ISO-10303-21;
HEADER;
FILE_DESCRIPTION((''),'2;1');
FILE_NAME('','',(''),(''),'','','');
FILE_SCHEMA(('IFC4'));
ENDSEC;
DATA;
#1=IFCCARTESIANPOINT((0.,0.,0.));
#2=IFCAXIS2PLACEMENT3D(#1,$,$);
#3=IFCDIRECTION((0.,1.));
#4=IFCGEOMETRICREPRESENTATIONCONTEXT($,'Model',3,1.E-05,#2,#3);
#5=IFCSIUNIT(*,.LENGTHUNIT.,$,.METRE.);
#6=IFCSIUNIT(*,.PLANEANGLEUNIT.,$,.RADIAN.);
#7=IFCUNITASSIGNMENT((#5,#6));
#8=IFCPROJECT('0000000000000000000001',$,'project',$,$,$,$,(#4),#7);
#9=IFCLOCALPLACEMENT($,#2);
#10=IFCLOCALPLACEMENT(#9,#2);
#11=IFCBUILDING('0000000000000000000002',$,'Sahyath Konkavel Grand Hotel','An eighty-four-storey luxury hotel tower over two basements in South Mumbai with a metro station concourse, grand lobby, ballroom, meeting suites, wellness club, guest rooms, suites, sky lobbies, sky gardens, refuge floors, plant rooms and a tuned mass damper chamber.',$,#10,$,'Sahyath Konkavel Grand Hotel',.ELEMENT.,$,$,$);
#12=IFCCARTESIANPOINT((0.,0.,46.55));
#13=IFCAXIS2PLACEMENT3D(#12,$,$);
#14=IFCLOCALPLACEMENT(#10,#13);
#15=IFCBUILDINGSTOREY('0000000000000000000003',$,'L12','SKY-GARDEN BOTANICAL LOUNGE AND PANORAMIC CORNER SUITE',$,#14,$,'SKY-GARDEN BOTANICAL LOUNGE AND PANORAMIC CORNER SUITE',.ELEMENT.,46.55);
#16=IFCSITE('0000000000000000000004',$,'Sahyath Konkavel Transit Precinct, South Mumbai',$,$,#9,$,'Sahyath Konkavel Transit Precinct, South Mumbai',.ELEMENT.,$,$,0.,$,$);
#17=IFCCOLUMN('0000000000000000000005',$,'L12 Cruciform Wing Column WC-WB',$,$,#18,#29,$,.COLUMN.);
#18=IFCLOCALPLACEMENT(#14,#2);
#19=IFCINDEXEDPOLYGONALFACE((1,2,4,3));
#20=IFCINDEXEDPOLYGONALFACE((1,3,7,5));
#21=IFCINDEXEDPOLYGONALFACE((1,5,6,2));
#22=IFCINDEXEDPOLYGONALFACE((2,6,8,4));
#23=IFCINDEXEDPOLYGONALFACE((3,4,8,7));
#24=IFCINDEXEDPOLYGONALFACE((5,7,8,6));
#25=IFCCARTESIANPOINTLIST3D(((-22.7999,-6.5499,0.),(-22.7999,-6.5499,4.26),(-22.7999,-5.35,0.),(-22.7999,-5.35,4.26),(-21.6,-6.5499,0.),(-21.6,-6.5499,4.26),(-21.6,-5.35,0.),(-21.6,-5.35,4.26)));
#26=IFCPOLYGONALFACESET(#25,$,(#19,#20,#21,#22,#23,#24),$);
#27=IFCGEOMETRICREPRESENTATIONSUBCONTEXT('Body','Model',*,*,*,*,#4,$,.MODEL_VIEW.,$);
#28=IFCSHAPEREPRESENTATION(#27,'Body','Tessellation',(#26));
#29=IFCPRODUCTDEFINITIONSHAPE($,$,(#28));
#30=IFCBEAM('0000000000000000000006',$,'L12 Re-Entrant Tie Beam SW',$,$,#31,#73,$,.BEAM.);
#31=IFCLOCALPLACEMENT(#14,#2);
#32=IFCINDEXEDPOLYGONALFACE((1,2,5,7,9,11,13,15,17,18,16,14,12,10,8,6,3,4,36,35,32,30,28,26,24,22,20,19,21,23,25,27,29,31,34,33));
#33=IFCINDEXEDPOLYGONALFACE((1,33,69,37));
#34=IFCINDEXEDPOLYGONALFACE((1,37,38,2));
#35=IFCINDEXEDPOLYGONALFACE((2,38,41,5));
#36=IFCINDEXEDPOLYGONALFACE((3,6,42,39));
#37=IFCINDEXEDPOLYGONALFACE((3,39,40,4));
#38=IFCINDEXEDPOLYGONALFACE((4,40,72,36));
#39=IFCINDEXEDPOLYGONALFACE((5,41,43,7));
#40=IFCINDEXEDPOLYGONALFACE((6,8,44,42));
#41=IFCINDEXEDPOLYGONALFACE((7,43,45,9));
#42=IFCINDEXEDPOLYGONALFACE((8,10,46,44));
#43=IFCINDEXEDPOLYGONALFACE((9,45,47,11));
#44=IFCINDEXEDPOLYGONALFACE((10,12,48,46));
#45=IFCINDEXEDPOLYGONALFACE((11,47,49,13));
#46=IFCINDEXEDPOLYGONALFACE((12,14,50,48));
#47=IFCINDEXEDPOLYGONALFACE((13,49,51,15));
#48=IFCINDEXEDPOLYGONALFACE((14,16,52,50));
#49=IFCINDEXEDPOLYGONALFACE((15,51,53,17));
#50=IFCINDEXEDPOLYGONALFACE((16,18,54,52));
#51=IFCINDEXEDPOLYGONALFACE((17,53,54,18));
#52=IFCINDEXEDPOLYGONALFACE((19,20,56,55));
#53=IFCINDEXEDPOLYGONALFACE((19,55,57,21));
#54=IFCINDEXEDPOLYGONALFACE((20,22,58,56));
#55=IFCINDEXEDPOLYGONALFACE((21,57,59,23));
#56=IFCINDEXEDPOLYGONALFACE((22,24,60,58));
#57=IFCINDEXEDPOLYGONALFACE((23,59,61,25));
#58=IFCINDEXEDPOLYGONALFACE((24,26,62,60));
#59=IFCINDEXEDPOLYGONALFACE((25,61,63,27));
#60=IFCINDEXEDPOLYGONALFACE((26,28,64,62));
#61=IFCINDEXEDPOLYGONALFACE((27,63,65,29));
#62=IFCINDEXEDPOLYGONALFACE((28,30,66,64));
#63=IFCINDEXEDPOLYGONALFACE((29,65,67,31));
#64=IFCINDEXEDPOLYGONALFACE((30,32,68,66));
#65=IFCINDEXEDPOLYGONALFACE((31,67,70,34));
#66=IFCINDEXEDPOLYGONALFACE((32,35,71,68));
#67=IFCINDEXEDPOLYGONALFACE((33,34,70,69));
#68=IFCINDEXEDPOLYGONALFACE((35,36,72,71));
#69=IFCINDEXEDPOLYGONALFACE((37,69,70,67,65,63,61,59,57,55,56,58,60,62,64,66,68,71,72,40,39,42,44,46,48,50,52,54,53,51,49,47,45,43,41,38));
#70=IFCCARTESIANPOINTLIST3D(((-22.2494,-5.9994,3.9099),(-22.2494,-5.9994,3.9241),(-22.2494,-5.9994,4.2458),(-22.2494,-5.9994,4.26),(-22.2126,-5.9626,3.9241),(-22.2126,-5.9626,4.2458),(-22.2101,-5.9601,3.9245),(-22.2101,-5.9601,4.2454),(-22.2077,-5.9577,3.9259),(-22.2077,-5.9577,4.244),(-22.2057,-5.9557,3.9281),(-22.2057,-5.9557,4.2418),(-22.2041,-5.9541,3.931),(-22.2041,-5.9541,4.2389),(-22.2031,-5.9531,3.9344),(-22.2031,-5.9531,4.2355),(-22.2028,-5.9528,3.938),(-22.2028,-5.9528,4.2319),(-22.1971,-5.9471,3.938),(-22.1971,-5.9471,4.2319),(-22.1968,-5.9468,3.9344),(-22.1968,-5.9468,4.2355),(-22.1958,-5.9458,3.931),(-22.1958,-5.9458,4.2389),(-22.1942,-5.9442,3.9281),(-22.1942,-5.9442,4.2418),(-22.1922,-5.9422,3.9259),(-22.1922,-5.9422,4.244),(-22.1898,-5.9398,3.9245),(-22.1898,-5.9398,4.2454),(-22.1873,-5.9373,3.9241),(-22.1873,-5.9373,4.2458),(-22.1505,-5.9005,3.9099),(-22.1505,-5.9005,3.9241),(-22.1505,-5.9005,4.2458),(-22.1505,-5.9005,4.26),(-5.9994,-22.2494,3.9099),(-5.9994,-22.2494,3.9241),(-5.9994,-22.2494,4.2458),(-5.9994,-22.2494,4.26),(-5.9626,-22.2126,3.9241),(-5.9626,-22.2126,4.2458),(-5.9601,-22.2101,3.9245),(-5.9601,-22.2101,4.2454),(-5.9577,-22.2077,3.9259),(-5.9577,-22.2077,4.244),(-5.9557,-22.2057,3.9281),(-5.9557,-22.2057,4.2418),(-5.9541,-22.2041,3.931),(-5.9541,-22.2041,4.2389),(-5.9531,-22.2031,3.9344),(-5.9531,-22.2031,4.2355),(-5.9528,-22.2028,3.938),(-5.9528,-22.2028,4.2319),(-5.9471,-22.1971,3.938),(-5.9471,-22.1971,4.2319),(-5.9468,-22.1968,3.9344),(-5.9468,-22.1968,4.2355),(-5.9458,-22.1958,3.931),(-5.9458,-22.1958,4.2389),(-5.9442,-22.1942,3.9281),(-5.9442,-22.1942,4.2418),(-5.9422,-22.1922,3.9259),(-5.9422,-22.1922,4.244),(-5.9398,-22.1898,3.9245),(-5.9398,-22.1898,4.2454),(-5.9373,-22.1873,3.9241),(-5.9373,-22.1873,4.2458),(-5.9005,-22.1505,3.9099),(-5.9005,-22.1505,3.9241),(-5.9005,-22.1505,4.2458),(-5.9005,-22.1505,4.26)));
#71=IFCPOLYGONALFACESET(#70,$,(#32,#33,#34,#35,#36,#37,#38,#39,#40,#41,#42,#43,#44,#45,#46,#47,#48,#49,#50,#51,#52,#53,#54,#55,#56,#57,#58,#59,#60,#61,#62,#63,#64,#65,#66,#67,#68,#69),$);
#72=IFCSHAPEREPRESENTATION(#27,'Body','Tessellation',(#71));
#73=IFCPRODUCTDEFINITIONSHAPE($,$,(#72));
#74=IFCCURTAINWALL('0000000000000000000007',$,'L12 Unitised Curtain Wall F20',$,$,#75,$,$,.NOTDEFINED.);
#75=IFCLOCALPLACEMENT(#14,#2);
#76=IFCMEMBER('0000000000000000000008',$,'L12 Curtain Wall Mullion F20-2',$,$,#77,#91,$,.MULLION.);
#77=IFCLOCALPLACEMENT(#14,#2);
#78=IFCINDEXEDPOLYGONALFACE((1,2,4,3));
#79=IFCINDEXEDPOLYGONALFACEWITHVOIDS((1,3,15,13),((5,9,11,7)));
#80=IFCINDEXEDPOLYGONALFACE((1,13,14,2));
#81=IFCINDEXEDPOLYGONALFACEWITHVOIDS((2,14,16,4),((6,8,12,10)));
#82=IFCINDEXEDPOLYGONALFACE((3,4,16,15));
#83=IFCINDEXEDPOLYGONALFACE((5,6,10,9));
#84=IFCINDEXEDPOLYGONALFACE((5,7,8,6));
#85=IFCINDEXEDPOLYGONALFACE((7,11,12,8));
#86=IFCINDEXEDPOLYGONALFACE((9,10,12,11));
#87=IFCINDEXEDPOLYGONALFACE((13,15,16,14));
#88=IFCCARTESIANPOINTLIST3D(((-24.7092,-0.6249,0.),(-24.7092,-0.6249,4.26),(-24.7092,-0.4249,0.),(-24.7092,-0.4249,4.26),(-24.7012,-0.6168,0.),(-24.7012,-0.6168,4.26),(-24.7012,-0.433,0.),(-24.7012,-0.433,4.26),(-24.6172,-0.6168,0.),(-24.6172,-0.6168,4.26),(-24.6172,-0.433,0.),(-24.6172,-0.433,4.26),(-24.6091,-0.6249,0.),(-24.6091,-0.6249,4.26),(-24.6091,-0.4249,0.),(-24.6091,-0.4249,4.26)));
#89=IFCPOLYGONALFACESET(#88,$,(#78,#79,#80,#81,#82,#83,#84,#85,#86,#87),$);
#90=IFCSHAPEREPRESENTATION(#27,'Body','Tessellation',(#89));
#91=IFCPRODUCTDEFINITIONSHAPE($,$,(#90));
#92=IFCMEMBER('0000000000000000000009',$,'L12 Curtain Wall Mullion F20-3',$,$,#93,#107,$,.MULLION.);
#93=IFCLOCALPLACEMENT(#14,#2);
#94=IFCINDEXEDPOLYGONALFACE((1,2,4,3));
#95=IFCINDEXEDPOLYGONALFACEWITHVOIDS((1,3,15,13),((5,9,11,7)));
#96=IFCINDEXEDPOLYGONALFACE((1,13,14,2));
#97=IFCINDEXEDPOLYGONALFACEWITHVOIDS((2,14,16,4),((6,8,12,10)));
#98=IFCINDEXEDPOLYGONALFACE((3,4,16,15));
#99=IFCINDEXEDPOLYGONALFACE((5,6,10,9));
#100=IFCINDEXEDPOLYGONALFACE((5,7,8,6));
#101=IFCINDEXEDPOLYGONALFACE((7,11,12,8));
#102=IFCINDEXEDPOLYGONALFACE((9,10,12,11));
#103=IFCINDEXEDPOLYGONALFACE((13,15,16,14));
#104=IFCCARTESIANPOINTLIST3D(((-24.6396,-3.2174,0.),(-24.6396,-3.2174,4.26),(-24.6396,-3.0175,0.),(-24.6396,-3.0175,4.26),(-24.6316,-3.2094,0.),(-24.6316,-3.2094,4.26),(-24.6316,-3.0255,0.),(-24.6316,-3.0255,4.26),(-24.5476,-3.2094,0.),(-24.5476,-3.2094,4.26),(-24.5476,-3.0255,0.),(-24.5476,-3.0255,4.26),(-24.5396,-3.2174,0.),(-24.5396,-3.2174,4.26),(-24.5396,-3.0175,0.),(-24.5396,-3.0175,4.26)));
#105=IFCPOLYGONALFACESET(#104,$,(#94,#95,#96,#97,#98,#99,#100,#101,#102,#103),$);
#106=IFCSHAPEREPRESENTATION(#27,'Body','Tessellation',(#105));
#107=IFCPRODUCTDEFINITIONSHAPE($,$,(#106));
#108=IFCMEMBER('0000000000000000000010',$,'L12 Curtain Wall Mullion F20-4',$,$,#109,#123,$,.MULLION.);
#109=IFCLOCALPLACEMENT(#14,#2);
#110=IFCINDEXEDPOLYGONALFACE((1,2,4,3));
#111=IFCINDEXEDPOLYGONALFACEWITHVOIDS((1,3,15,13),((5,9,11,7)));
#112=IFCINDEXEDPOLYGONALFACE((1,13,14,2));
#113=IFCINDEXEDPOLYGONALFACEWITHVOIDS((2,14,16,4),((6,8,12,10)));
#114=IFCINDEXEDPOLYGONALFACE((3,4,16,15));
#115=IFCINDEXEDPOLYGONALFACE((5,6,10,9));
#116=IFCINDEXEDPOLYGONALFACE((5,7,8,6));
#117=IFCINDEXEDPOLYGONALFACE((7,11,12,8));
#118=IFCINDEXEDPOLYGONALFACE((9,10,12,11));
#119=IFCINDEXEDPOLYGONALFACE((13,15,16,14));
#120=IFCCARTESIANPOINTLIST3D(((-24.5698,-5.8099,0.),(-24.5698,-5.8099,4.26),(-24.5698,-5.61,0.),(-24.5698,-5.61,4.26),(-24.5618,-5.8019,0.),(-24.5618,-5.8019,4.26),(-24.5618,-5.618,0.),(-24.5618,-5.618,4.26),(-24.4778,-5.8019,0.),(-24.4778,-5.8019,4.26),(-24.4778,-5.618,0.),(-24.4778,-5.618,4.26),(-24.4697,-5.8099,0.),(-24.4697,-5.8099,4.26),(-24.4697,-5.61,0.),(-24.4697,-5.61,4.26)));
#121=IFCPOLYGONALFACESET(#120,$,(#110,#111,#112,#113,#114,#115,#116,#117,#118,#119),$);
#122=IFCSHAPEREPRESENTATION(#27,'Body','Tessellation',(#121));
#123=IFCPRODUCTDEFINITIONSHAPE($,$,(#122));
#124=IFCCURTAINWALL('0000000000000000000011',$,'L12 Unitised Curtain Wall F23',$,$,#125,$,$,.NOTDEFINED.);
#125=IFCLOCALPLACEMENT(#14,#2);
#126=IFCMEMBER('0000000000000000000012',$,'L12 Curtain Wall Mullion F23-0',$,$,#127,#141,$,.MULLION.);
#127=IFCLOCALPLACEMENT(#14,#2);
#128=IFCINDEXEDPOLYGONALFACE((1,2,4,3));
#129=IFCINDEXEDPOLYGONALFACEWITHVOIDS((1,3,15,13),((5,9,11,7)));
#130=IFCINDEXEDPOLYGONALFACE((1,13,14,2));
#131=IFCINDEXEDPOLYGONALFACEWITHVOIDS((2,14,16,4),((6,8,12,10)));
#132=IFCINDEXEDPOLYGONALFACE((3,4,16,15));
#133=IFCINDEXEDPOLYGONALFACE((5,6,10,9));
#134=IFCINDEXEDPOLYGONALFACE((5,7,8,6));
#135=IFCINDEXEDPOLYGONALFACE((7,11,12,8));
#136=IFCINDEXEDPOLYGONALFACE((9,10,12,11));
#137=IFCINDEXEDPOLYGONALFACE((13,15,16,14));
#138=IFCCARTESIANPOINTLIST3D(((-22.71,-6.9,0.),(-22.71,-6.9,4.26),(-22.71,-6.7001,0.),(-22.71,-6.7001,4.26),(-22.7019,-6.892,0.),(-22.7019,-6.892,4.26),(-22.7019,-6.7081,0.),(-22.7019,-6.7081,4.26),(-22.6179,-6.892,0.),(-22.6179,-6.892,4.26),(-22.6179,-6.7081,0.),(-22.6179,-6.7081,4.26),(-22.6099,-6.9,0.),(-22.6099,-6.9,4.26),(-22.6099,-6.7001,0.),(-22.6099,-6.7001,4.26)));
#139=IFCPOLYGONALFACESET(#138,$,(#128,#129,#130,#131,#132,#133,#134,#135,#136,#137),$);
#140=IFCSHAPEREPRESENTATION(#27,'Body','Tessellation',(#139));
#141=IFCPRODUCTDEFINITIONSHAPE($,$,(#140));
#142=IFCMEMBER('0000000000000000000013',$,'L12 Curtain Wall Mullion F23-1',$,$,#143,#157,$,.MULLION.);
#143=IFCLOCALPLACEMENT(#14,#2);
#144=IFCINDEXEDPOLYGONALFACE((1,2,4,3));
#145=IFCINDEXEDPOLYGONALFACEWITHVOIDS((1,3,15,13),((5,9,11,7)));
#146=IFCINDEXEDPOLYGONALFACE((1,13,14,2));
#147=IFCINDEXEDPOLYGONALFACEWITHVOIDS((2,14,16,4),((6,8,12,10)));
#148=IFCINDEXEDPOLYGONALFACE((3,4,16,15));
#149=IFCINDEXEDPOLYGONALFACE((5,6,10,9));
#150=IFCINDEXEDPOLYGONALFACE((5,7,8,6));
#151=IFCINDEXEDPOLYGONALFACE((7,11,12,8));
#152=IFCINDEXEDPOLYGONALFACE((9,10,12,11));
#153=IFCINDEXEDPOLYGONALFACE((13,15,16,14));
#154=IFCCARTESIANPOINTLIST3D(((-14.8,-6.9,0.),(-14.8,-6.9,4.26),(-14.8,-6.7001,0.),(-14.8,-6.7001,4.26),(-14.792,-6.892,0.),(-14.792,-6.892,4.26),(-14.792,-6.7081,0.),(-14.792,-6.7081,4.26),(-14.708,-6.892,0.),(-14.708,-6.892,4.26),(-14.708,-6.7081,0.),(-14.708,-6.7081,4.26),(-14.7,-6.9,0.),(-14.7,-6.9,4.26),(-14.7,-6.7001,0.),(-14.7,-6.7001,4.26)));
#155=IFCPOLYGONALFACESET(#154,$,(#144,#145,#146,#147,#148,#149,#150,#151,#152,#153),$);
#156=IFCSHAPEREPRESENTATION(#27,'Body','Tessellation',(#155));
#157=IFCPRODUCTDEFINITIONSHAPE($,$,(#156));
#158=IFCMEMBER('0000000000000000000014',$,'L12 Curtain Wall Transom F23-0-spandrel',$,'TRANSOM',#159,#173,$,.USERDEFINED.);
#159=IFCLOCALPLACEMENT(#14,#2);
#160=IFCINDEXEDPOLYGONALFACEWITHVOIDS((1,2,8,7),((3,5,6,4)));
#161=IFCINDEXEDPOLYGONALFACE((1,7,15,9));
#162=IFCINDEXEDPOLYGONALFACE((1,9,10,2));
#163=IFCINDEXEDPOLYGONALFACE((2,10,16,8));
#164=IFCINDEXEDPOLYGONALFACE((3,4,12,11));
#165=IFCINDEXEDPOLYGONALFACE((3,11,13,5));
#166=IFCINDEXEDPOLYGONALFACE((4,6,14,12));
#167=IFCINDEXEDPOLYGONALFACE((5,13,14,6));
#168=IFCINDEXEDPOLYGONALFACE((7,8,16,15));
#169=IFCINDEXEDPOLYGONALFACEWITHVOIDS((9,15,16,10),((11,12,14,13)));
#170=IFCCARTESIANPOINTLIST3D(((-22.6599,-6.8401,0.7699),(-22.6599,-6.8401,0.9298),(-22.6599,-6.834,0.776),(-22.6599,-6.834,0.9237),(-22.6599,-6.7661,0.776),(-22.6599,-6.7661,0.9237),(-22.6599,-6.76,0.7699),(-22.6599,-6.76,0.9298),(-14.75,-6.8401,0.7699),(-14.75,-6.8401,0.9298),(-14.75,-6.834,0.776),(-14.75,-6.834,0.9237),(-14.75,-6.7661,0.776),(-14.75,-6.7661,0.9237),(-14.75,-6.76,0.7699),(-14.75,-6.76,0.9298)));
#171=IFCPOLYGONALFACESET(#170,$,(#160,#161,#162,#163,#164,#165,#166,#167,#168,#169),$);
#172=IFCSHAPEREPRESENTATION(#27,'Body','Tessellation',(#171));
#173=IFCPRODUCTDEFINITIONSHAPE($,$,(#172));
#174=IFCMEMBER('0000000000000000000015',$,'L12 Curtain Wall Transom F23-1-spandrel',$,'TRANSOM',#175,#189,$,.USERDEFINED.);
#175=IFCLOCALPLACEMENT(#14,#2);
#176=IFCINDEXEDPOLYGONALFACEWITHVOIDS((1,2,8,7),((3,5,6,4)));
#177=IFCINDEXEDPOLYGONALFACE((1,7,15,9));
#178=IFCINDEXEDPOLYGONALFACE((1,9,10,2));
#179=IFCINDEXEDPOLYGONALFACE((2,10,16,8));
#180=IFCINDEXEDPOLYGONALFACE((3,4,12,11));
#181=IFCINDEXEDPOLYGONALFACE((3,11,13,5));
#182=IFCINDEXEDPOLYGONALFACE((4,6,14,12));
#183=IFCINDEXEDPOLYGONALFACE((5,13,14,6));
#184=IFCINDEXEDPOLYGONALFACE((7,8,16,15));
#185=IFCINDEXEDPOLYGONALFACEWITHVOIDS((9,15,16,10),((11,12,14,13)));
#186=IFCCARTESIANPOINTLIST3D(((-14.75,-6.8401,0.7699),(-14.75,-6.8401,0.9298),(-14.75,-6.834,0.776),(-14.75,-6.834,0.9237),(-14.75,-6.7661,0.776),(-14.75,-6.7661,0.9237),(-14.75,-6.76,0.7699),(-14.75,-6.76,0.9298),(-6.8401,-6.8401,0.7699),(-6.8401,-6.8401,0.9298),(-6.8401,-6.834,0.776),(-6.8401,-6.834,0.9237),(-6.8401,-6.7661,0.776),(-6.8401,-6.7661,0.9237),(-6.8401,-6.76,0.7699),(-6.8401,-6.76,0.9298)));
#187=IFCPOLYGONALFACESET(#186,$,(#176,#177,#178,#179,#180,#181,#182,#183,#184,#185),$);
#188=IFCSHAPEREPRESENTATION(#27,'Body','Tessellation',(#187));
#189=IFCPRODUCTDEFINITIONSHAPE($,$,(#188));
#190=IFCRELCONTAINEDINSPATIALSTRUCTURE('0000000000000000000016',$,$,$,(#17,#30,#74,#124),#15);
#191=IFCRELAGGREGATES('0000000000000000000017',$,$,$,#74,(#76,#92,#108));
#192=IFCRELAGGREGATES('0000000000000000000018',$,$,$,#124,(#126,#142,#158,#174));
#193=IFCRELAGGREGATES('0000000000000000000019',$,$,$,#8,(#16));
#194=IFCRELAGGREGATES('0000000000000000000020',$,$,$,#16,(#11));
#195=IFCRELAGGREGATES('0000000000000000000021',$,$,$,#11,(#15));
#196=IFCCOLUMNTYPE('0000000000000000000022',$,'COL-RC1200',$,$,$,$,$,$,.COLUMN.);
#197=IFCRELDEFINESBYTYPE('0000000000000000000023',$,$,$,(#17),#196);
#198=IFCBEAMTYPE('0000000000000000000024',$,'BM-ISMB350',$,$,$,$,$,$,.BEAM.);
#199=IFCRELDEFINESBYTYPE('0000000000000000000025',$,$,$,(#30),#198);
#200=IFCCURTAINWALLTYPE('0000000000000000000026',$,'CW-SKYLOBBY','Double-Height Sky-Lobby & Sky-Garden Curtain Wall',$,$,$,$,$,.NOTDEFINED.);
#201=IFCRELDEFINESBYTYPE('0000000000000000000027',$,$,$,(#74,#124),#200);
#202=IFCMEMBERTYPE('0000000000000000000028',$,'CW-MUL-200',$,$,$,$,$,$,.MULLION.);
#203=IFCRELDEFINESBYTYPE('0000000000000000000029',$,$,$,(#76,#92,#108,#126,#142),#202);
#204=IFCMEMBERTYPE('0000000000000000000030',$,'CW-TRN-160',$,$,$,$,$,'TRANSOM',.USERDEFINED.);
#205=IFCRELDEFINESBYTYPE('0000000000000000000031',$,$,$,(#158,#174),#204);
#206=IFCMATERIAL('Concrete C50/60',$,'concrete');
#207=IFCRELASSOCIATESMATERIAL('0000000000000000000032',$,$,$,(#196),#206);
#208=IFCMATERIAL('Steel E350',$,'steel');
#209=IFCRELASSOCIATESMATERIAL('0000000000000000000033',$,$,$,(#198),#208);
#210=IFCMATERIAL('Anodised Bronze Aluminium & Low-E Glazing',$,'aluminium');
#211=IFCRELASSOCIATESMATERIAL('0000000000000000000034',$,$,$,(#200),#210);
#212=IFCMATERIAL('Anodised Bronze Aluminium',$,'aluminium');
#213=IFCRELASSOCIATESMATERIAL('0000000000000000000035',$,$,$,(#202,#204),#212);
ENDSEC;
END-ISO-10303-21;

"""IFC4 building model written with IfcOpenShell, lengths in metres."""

from ifc_helpers import new_model, si_unit, direction, frame, origin, origin_2d, place, context, subcontext, project, spatial, rectangle, hollow_rectangle, i_section, extrude, source, transform, mapped, material, material_profile, profile_set, type_object, element, aggregate, save


model = new_model("IFC4")

# Units and contexts
model_context = context("Model", 3, precision=1e-05, world=origin(), true_north=direction((0.0, 1.0)))
body_context = subcontext(model_context, "Body", "Model", "MODEL_VIEW")
ifc_project = project(units=[si_unit("LENGTHUNIT", "METRE"), si_unit("PLANEANGLEUNIT", "RADIAN")], contexts=[model_context])

# Site, building, storey
site_placement = place(None, origin())
site = spatial("IfcSite", under=ifc_project, at=site_placement, Name="Sahyath Konkavel Transit Precinct, South Mumbai", LongName="Sahyath Konkavel Transit Precinct, South Mumbai", CompositionType="ELEMENT", RefElevation=0.0)
building_placement = place(site_placement, origin())
building = spatial("IfcBuilding", under=site, at=building_placement, Name="Sahyath Konkavel Grand Hotel", Description="An eighty-four-storey luxury hotel tower over two basements in South Mumbai with a metro station concourse, grand lobby, ballroom, meeting suites, wellness club, guest rooms, suites, sky lobbies, sky gardens, refuge floors, plant rooms and a tuned mass damper chamber.", LongName="Sahyath Konkavel Grand Hotel", CompositionType="ELEMENT")
storey_placement = place(building_placement, frame((0.0, 0.0, 46.55)))
storey = spatial("IfcBuildingStorey", under=building, at=storey_placement, Name="L12", Description="SKY-GARDEN BOTANICAL LOUNGE AND PANORAMIC CORNER SUITE", LongName="SKY-GARDEN BOTANICAL LOUNGE AND PANORAMIC CORNER SUITE", CompositionType="ELEMENT", Elevation=46.55)

# Column
ifc_material_1 = material(Name="Concrete C50/60", Category="concrete")
ifc_material_profile_1 = material_profile(ifc_material_1, rectangle(XDim=1.2, YDim=1.2, at=origin_2d()), Name="RC 1200x1200")
ifc_profile_set_1 = profile_set([ifc_material_profile_1], Name="Concrete C50/60")
column_type = type_object("IfcColumnType", Name="COL-RC1200", PredefinedType="COLUMN", material=ifc_profile_set_1)
shared_shape_1 = source(origin(), body_context, "Body", "SweptSolid", [
    extrude(rectangle(XDim=1.2, YDim=1.2, at=origin_2d()), origin(), (0.0, 0.0, 1.0), 4.26),
])
column_placement = place(storey_placement, frame((-22.2, -5.95, 0.0), z_axis=(0.0, 0.0, 1.0), x_axis=(1.0, 0.0, 0.0)))
element("IfcColumn", 1, at=column_placement, inside=storey, type_object=column_type, Name="L12 Cruciform Wing Column WC-WB", PredefinedType="COLUMN", context=body_context, shape_type="MappedRepresentation", body=[
    mapped(shared_shape_1, transform((0.0, 0.0, 0.0), scale=1.0)),
])

# Beam
ifc_material_2 = material(Name="Steel E350", Category="steel")
ifc_material_profile_2 = material_profile(ifc_material_2, i_section(OverallWidth=0.1399, OverallDepth=0.3501, WebThickness=0.0081, FlangeThickness=0.0142, FilletRadius=0.0139, at=origin_2d()), Name="ISMB 350")
ifc_profile_set_2 = profile_set([ifc_material_profile_2], Name="Steel E350")
beam_type_1 = type_object("IfcBeamType", Name="BM-ISMB350", PredefinedType="BEAM", material=ifc_profile_set_2)
shared_shape_2 = source(origin(), body_context, "Body", "SweptSolid", [
    extrude(i_section(OverallWidth=0.1399, OverallDepth=0.3501, WebThickness=0.0081, FlangeThickness=0.0142, FilletRadius=0.0139, at=origin_2d()), origin(), (0.0, 0.0, 1.0), 22.981),
])
beam_1_placement = place(storey_placement, frame((-22.2, -5.95, 4.085), z_axis=(0.707107, -0.707107, 0.0), x_axis=(0.707107, 0.707107, 0.0)))
element("IfcBeam", 2, at=beam_1_placement, inside=storey, type_object=beam_type_1, Name="L12 Re-Entrant Tie Beam SW", PredefinedType="BEAM", context=body_context, shape_type="MappedRepresentation", body=[
    mapped(shared_shape_2, transform((0.0, 0.0, 0.0), scale=1.0)),
])

# Curtain walls, members
ifc_material_3 = material(Name="Anodised Bronze Aluminium & Low-E Glazing", Category="aluminium")
curtain_wall_type = type_object("IfcCurtainWallType", Name="CW-SKYLOBBY", Description="Double-Height Sky-Lobby & Sky-Garden Curtain Wall", PredefinedType="NOTDEFINED", material=ifc_material_3)
curtain_wall_1_placement = place(storey_placement, origin())
curtain_wall_1 = element("IfcCurtainWall", 3, at=curtain_wall_1_placement, inside=storey, type_object=curtain_wall_type, Name="L12 Unitised Curtain Wall F20", PredefinedType="NOTDEFINED")
ifc_material_4 = material(Name="Anodised Bronze Aluminium", Category="aluminium")
ifc_material_profile_3 = material_profile(ifc_material_4, hollow_rectangle(XDim=0.1001, YDim=0.2, WallThickness=0.0081, at=origin_2d()), Name="RHS 200x100x8")
ifc_profile_set_3 = profile_set([ifc_material_profile_3], Name="Anodised Bronze Aluminium")
member_type_1 = type_object("IfcMemberType", Name="CW-MUL-200", PredefinedType="MULLION", material=ifc_profile_set_3)
shared_shape_3 = source(origin(), body_context, "Body", "SweptSolid", [
    extrude(hollow_rectangle(XDim=0.1001, YDim=0.2, WallThickness=0.0081, at=origin_2d()), origin(), (0.0, 0.0, 1.0), 4.26),
])
member_1_placement = place(storey_placement, frame((-24.6592, -0.5249, 0.0), z_axis=(0.0, 0.0, 1.0), x_axis=(1.0, 0.0, 0.0)))
member_1 = element("IfcMember", 4, at=member_1_placement, type_object=member_type_1, Name="L12 Curtain Wall Mullion F20-2", PredefinedType="MULLION", context=body_context, shape_type="MappedRepresentation", body=[
    mapped(shared_shape_3, transform((0.0, 0.0, 0.0), scale=1.0)),
])
member_2_placement = place(storey_placement, frame((-24.5896, -3.1174, 0.0), z_axis=(0.0, 0.0, 1.0), x_axis=(1.0, 0.0, 0.0)))
member_2 = element("IfcMember", 5, at=member_2_placement, type_object=member_type_1, Name="L12 Curtain Wall Mullion F20-3", PredefinedType="MULLION", context=body_context, shape_type="MappedRepresentation", body=[
    mapped(shared_shape_3, transform((0.0, 0.0, 0.0), scale=1.0)),
])
member_3_placement = place(storey_placement, frame((-24.5198, -5.71, 0.0), z_axis=(0.0, 0.0, 1.0), x_axis=(1.0, 0.0, 0.0)))
member_3 = element("IfcMember", 6, at=member_3_placement, type_object=member_type_1, Name="L12 Curtain Wall Mullion F20-4", PredefinedType="MULLION", context=body_context, shape_type="MappedRepresentation", body=[
    mapped(shared_shape_3, transform((0.0, 0.0, 0.0), scale=1.0)),
])
curtain_wall_2_placement = place(storey_placement, origin())
curtain_wall_2 = element("IfcCurtainWall", 7, at=curtain_wall_2_placement, inside=storey, type_object=curtain_wall_type, Name="L12 Unitised Curtain Wall F23", PredefinedType="NOTDEFINED")
member_4_placement = place(storey_placement, frame((-22.6599, -6.8, 0.0), z_axis=(0.0, 0.0, 1.0), x_axis=(1.0, 0.0, 0.0)))
member_4 = element("IfcMember", 8, at=member_4_placement, type_object=member_type_1, Name="L12 Curtain Wall Mullion F23-0", PredefinedType="MULLION", context=body_context, shape_type="MappedRepresentation", body=[
    mapped(shared_shape_3, transform((0.0, 0.0, 0.0), scale=1.0)),
])
member_5_placement = place(storey_placement, frame((-14.75, -6.8, 0.0), z_axis=(0.0, 0.0, 1.0), x_axis=(1.0, 0.0, 0.0)))
member_5 = element("IfcMember", 9, at=member_5_placement, type_object=member_type_1, Name="L12 Curtain Wall Mullion F23-1", PredefinedType="MULLION", context=body_context, shape_type="MappedRepresentation", body=[
    mapped(shared_shape_3, transform((0.0, 0.0, 0.0), scale=1.0)),
])
ifc_material_profile_4 = material_profile(ifc_material_4, hollow_rectangle(XDim=0.0801, YDim=0.1599, WallThickness=0.0061, at=origin_2d()), Name="RHS 160x80x6")
ifc_profile_set_4 = profile_set([ifc_material_profile_4], Name="Anodised Bronze Aluminium")
member_type_2 = type_object("IfcMemberType", Name="CW-TRN-160", ElementType="TRANSOM", PredefinedType="USERDEFINED", material=ifc_profile_set_4)
shared_shape_4 = source(origin(), body_context, "Body", "SweptSolid", [
    extrude(hollow_rectangle(XDim=0.0801, YDim=0.1599, WallThickness=0.0061, at=origin_2d()), origin(), (0.0, 0.0, 1.0), 7.9099),
])
member_6_placement = place(storey_placement, frame((-22.6599, -6.8, 0.8499), z_axis=(1.0, 0.0, 0.0), x_axis=(0.0, 1.0, 0.0)))
member_6 = element("IfcMember", 10, at=member_6_placement, type_object=member_type_2, Name="L12 Curtain Wall Transom F23-0-spandrel", ObjectType="TRANSOM", PredefinedType="USERDEFINED", context=body_context, shape_type="MappedRepresentation", body=[
    mapped(shared_shape_4, transform((0.0, 0.0, 0.0), scale=1.0)),
])
member_7_placement = place(storey_placement, frame((-14.75, -6.8, 0.8499), z_axis=(1.0, 0.0, 0.0), x_axis=(0.0, 1.0, 0.0)))
member_7 = element("IfcMember", 11, at=member_7_placement, type_object=member_type_2, Name="L12 Curtain Wall Transom F23-1-spandrel", ObjectType="TRANSOM", PredefinedType="USERDEFINED", context=body_context, shape_type="MappedRepresentation", body=[
    mapped(shared_shape_4, transform((0.0, 0.0, 0.0), scale=1.0)),
])

aggregate(curtain_wall_1, [member_1, member_2, member_3])
aggregate(curtain_wall_2, [member_4, member_5, member_6, member_7])

save(model, "model.ifc")
